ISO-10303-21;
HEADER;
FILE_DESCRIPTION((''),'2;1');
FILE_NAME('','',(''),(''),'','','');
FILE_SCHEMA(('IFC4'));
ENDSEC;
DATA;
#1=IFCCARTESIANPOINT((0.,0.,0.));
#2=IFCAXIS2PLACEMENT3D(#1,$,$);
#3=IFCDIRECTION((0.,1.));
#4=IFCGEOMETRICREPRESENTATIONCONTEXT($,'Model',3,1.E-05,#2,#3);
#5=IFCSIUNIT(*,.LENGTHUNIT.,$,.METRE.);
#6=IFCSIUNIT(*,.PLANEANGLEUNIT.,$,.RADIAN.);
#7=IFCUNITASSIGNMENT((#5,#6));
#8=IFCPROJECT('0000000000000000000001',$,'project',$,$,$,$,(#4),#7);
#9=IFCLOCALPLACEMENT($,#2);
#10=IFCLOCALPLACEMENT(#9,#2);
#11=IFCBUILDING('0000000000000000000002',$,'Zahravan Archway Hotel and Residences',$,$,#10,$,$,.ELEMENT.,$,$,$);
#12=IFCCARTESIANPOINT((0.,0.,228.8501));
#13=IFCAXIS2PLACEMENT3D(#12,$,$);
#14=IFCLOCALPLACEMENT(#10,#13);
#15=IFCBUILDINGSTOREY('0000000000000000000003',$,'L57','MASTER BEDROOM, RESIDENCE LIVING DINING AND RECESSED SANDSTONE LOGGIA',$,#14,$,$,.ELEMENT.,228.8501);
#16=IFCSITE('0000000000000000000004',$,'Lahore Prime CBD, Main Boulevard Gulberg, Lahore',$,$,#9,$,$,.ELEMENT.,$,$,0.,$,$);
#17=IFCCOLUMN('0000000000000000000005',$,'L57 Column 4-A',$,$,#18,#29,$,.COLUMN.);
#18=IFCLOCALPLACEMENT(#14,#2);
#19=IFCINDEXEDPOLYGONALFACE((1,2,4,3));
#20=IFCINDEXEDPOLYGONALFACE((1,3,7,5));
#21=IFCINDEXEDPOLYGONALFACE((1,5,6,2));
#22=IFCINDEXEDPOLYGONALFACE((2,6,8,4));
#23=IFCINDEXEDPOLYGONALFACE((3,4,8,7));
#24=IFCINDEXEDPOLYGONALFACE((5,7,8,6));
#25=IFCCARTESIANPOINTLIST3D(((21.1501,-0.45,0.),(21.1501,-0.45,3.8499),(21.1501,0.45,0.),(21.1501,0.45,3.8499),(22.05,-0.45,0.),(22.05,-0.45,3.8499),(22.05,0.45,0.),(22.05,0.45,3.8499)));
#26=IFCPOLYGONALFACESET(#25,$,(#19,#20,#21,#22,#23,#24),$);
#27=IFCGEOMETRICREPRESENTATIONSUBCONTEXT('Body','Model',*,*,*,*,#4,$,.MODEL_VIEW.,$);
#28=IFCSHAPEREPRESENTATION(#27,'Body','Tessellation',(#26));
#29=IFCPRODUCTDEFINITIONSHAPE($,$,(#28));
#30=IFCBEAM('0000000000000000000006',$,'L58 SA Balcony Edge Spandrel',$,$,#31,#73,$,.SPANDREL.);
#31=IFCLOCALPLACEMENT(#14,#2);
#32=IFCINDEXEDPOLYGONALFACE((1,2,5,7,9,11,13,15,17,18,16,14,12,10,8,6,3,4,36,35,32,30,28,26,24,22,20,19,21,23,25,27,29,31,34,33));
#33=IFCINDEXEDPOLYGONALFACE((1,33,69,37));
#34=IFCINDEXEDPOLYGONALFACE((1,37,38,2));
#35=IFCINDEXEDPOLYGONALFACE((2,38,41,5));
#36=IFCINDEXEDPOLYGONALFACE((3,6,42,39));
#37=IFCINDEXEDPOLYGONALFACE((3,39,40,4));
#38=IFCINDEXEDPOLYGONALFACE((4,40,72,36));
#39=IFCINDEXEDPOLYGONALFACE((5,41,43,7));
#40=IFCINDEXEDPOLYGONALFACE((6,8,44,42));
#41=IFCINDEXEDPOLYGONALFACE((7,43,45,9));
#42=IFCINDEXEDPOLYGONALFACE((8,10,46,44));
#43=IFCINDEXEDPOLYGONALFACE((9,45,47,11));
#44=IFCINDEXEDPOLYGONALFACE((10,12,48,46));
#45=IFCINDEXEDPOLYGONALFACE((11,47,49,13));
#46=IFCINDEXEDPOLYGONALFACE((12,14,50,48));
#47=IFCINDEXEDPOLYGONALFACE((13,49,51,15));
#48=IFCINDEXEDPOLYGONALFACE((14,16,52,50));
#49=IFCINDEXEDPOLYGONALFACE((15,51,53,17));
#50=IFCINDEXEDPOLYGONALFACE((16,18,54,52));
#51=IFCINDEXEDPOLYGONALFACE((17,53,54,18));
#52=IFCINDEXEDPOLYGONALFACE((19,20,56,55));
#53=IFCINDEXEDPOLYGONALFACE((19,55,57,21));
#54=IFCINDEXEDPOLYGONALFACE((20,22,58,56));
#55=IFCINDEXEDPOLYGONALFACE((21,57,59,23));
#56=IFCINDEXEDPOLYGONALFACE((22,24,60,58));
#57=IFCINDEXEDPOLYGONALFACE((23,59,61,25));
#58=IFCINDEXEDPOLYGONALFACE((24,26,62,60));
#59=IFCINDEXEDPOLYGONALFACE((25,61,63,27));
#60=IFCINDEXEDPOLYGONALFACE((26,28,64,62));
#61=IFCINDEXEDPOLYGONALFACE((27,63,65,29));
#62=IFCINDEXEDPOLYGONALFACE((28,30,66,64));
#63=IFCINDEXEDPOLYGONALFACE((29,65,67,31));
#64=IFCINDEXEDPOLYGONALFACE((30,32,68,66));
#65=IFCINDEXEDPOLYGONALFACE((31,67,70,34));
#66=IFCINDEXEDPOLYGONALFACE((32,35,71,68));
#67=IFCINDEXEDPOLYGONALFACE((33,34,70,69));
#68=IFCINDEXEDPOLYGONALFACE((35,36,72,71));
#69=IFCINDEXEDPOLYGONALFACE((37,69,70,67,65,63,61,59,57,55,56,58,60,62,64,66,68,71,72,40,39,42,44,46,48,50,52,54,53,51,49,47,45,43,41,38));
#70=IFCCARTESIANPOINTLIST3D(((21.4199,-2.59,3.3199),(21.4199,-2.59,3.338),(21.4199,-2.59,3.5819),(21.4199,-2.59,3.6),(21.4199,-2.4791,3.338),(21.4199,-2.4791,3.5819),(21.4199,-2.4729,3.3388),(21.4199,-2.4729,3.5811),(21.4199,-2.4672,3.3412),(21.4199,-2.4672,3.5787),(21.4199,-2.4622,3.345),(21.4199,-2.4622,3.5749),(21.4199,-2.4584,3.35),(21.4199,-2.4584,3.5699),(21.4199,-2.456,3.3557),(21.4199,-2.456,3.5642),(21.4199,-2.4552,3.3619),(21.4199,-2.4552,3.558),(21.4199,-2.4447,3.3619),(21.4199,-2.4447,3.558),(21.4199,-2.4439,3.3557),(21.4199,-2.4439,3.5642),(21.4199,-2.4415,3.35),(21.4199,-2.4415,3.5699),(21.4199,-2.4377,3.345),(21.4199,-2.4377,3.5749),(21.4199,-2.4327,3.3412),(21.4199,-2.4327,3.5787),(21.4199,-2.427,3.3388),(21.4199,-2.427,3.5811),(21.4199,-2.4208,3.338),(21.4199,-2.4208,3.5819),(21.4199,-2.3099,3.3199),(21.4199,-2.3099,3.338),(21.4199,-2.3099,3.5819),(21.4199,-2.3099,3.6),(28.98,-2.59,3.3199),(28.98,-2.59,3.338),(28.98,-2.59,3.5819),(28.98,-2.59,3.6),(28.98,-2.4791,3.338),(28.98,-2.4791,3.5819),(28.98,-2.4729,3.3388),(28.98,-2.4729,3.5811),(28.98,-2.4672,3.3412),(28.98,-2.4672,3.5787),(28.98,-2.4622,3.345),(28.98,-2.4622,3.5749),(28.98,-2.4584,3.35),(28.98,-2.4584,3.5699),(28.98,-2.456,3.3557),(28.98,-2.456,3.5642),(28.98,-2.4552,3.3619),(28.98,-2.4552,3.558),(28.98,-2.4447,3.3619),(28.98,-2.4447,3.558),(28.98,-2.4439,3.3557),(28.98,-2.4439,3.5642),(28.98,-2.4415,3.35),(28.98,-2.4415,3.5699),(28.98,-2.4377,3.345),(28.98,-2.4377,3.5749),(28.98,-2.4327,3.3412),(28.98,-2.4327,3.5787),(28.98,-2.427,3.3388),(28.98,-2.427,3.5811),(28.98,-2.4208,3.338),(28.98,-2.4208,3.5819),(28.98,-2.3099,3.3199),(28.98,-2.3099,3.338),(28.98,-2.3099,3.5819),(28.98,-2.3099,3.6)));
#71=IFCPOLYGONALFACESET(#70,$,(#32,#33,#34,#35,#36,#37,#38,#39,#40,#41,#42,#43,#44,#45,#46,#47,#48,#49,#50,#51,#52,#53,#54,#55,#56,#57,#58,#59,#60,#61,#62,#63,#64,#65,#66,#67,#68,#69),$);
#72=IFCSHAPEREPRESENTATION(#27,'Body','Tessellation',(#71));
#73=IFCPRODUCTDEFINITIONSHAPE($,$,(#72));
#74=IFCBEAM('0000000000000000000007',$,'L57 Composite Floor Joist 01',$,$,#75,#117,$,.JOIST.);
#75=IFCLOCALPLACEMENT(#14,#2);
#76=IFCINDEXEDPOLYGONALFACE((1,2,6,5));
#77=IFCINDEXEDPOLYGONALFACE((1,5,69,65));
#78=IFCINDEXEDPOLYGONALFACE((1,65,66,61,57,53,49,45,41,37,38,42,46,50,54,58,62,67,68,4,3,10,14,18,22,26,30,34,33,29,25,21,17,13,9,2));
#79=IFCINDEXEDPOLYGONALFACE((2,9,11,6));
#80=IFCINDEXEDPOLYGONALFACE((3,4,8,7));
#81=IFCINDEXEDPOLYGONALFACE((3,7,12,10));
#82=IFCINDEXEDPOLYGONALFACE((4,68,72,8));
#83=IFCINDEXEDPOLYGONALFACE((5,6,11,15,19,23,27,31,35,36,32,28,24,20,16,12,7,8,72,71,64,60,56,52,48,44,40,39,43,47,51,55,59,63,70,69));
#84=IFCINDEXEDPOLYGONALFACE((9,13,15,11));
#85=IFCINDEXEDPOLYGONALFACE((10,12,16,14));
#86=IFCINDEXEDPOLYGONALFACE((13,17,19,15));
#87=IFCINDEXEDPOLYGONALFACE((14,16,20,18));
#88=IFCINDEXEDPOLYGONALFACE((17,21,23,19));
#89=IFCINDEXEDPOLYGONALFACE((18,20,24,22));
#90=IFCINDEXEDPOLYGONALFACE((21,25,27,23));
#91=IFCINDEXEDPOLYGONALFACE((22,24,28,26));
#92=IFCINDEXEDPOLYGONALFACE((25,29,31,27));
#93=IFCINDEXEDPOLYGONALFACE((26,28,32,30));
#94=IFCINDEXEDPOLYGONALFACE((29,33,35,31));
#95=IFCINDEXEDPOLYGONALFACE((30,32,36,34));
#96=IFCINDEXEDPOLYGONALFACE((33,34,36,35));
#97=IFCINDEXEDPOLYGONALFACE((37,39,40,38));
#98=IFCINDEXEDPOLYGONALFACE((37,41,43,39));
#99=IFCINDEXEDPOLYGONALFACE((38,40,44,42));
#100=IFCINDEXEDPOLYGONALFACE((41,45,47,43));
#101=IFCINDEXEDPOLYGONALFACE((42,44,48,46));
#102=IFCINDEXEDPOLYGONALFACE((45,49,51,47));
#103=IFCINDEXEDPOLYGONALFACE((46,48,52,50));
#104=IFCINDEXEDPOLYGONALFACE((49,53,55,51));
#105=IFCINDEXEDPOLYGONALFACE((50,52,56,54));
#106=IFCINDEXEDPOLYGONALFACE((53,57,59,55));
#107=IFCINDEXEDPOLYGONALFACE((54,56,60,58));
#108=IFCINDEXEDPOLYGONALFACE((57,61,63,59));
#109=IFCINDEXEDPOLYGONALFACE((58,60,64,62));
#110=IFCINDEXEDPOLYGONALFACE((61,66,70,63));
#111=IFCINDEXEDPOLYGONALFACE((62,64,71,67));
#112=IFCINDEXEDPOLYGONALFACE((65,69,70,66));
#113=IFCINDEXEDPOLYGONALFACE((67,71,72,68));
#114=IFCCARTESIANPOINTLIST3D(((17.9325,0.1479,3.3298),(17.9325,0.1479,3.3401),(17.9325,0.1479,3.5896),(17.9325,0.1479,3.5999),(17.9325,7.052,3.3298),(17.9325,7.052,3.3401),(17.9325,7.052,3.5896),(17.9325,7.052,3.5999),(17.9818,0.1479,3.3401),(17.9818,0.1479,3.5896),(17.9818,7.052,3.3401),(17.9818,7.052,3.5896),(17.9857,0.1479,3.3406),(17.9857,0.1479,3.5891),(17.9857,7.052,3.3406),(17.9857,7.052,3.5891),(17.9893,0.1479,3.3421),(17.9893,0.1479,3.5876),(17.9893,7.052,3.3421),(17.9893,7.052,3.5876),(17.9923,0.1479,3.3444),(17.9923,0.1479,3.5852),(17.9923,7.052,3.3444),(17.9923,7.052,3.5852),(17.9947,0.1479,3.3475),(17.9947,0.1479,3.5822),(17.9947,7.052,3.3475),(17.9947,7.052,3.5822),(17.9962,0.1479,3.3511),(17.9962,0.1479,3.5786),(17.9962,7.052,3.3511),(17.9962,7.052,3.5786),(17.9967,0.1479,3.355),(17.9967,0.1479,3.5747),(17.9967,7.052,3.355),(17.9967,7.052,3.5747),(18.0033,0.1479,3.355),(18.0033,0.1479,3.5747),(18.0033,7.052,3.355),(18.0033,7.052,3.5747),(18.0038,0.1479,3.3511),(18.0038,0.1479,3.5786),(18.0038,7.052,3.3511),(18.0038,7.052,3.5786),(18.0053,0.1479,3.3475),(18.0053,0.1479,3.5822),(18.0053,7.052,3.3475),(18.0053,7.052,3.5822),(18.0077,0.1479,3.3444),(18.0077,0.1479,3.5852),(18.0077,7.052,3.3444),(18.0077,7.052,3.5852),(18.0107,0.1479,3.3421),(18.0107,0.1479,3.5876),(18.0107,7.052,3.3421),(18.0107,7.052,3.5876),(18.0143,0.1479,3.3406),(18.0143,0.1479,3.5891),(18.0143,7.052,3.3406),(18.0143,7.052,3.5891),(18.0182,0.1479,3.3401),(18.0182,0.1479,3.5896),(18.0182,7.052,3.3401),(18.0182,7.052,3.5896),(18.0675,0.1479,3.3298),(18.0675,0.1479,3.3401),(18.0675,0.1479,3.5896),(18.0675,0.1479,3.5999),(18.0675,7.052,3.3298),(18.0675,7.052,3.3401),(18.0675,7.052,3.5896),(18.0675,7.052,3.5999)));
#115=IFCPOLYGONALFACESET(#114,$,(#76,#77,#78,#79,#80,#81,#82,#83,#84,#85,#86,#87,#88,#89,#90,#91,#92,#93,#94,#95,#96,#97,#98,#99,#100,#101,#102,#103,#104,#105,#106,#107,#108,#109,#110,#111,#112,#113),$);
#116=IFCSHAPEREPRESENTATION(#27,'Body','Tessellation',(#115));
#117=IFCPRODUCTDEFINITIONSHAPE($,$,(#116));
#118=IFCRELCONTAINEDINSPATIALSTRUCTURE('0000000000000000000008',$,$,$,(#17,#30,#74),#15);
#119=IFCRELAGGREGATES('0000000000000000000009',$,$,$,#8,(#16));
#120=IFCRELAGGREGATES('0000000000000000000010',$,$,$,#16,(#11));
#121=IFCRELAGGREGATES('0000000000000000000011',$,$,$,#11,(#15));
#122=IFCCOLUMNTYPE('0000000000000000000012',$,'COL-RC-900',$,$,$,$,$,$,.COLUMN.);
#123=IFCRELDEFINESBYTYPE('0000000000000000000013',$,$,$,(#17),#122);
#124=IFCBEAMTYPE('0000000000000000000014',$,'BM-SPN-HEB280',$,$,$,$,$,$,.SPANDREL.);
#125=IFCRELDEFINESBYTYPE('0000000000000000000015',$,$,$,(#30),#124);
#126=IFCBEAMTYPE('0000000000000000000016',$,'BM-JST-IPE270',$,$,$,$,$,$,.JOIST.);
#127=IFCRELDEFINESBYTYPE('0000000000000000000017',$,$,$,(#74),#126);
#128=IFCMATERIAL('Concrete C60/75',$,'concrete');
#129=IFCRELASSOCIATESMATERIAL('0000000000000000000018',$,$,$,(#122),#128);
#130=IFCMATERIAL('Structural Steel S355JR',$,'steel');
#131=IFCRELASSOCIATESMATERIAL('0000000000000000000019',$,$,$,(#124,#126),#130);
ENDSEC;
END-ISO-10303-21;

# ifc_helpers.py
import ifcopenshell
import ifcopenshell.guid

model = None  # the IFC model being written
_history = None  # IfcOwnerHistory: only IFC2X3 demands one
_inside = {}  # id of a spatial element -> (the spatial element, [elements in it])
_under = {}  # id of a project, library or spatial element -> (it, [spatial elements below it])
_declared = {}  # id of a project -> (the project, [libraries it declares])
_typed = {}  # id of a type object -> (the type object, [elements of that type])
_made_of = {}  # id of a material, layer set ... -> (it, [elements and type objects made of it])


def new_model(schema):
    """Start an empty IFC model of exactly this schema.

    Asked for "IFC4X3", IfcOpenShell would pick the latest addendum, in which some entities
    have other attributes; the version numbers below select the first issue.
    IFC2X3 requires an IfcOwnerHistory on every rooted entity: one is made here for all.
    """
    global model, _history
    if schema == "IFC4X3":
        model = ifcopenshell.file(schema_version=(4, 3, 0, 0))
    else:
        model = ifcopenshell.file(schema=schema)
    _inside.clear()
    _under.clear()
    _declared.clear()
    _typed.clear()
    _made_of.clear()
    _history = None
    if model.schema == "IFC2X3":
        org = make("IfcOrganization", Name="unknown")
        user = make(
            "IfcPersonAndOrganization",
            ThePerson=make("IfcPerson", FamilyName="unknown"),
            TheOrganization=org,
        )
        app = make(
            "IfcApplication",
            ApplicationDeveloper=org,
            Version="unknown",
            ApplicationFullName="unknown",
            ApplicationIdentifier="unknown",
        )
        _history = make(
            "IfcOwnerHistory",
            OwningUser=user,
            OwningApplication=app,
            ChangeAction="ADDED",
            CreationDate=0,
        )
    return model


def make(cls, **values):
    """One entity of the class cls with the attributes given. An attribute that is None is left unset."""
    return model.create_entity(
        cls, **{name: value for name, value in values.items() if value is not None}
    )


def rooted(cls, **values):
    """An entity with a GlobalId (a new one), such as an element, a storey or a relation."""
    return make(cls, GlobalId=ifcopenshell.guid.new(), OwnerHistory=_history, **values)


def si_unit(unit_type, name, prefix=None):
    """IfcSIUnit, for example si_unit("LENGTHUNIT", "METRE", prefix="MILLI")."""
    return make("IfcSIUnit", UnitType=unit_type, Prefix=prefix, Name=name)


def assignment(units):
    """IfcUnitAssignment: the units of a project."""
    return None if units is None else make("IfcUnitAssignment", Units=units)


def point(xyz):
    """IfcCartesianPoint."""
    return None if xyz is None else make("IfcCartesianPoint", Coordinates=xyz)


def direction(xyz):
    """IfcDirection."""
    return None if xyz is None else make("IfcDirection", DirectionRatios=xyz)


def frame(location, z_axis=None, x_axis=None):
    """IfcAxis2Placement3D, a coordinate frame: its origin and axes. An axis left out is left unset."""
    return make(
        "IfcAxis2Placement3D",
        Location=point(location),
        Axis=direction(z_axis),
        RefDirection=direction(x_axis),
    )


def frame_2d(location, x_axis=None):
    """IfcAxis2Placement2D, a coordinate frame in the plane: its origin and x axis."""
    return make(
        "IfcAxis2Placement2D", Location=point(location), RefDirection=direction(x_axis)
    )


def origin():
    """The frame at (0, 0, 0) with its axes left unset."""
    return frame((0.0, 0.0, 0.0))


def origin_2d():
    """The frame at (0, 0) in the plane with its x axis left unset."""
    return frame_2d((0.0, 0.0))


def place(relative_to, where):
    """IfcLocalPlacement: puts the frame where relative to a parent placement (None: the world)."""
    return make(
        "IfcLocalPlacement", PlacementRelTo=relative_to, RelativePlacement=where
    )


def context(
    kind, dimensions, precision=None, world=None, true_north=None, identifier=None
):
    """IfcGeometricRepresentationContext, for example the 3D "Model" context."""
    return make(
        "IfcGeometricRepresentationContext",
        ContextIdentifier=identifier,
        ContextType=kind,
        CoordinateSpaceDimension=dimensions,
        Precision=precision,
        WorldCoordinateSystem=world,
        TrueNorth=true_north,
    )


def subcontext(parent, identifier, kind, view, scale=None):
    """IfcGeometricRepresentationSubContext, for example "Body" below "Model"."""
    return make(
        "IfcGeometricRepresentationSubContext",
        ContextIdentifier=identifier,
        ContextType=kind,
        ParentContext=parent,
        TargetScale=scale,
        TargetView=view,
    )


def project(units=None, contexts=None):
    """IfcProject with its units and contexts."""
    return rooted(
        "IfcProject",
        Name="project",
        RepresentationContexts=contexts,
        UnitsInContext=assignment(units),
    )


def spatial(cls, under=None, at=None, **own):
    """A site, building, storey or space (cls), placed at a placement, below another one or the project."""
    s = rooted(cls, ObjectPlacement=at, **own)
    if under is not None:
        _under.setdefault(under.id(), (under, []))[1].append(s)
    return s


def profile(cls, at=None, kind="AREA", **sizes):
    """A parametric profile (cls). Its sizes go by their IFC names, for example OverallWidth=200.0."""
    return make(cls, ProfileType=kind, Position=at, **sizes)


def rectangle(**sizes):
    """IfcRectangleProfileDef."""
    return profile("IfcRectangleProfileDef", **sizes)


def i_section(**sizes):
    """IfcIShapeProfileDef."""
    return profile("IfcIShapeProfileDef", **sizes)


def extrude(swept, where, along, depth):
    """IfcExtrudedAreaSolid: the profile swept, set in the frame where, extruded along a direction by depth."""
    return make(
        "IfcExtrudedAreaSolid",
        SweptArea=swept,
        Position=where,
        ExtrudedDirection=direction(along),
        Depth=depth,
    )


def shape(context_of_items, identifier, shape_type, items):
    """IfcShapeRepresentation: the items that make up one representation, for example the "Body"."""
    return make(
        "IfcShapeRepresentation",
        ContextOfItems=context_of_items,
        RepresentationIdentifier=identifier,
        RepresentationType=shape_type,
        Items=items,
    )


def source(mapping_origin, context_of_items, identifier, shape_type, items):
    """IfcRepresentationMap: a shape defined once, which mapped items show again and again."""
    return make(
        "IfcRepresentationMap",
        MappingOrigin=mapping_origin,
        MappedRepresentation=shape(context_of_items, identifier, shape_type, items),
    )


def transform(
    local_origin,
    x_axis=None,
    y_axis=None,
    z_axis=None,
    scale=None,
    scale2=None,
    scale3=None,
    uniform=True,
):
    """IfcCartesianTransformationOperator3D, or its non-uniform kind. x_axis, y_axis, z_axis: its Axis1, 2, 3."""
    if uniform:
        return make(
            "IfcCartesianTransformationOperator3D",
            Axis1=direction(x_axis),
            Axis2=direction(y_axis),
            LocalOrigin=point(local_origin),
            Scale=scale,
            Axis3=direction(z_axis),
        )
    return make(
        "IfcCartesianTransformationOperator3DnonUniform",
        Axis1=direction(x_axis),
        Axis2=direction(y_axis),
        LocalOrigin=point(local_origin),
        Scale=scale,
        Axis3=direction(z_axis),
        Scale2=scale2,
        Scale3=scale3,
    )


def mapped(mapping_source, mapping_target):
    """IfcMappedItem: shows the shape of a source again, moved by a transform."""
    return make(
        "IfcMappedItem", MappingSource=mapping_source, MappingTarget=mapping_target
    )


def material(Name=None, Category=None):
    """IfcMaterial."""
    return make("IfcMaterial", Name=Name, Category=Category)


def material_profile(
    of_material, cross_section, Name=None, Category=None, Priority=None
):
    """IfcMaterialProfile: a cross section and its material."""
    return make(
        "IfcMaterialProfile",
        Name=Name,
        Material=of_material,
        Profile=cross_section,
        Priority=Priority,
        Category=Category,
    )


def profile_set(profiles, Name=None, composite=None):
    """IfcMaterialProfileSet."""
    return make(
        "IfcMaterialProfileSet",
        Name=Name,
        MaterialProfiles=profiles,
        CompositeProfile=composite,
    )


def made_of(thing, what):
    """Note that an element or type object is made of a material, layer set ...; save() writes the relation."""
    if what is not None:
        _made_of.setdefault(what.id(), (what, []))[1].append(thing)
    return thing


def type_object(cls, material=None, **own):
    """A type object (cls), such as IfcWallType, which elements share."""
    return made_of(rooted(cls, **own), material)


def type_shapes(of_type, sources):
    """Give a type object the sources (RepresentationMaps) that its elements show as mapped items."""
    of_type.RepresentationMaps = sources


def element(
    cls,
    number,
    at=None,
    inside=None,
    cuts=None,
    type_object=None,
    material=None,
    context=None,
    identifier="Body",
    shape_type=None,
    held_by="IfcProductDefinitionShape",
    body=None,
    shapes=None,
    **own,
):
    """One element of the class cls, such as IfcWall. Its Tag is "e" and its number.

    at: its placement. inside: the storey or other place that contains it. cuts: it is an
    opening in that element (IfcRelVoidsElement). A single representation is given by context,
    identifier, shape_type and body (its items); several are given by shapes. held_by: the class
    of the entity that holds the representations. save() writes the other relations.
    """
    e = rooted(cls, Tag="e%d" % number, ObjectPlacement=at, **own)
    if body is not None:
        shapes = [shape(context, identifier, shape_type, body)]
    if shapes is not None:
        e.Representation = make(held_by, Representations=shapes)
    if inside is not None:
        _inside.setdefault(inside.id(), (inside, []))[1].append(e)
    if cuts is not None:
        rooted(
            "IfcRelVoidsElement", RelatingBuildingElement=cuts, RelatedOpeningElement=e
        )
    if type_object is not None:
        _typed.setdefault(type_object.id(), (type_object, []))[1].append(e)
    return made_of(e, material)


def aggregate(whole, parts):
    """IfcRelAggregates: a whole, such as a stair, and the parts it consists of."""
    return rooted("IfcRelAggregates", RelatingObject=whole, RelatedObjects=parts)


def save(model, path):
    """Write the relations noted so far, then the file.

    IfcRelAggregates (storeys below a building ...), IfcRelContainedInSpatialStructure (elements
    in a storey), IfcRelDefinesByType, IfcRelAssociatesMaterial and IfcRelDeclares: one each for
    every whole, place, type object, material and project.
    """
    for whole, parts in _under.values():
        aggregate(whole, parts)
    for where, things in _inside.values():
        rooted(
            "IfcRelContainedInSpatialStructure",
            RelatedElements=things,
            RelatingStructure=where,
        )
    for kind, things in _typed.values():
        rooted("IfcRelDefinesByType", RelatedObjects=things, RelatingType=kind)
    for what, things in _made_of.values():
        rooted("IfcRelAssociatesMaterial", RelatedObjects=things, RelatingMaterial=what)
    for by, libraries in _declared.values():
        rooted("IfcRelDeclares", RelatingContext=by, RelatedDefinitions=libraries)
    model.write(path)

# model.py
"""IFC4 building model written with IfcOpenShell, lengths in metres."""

from ifc_helpers import new_model, si_unit, direction, frame, origin, origin_2d, place, context, subcontext, project, spatial, rectangle, i_section, extrude, source, transform, mapped, material, material_profile, profile_set, type_object, type_shapes, element, save


model = new_model("IFC4")

# Units and contexts
model_context = context("Model", 3, precision=1e-05, world=origin(), true_north=direction((0.0, 1.0)))
body_context = subcontext(model_context, "Body", "Model", "MODEL_VIEW")
ifc_project = project(units=[si_unit("LENGTHUNIT", "METRE"), si_unit("PLANEANGLEUNIT", "RADIAN")], contexts=[model_context])

# Site, building, storey
site_placement = place(None, origin())
site = spatial("IfcSite", under=ifc_project, at=site_placement, Name="Lahore Prime CBD, Main Boulevard Gulberg, Lahore", CompositionType="ELEMENT", RefElevation=0.0)
building_placement = place(site_placement, origin())
building = spatial("IfcBuilding", under=site, at=building_placement, Name="Zahravan Archway Hotel and Residences", CompositionType="ELEMENT")
storey_placement = place(building_placement, frame((0.0, 0.0, 228.8501)))
storey = spatial("IfcBuildingStorey", under=building, at=storey_placement, Name="L57", Description="MASTER BEDROOM, RESIDENCE LIVING DINING AND RECESSED SANDSTONE LOGGIA", CompositionType="ELEMENT", Elevation=228.8501)

# Column
ifc_material_1 = material(Name="Concrete C60/75", Category="concrete")
ifc_material_profile_1 = material_profile(ifc_material_1, rectangle(XDim=0.8999, YDim=0.8999, at=origin_2d()), Name="RC-COL-900x900", Category="concrete")
ifc_profile_set_1 = profile_set([ifc_material_profile_1], Name="Concrete C60/75")
column_type = type_object("IfcColumnType", Name="COL-RC-900", PredefinedType="COLUMN", material=ifc_profile_set_1)
shared_shape_1 = source(origin(), body_context, "Body", "SweptSolid", [
    extrude(rectangle(XDim=0.8999, YDim=0.8999, at=origin_2d()), origin(), (0.0, 0.0, 1.0), 3.8499),
])
column_placement = place(storey_placement, frame((21.6001, 0.0, 0.0), z_axis=(0.0, 0.0, 1.0), x_axis=(1.0, 0.0, 0.0)))
element("IfcColumn", 1, at=column_placement, inside=storey, type_object=column_type, Name="L57 Column 4-A", PredefinedType="COLUMN", context=body_context, shape_type="MappedRepresentation", body=[
    mapped(shared_shape_1, transform((0.0, 0.0, 0.0), scale=1.0)),
])

# Beams
ifc_material_2 = material(Name="Structural Steel S355JR", Category="steel")
ifc_material_profile_2 = material_profile(ifc_material_2, i_section(OverallWidth=0.28, OverallDepth=0.28, WebThickness=0.0105, FlangeThickness=0.0181, FilletRadius=0.0239, at=origin_2d()), Name="HEB 280", Category="steel")
ifc_profile_set_2 = profile_set([ifc_material_profile_2], Name="Structural Steel S355JR")
beam_type_1 = type_object("IfcBeamType", Name="BM-SPN-HEB280", PredefinedType="SPANDREL", material=ifc_profile_set_2)
shared_shape_2 = source(origin(), body_context, "Body", "SweptSolid", [
    extrude(i_section(OverallWidth=0.28, OverallDepth=0.28, WebThickness=0.0105, FlangeThickness=0.0181, FilletRadius=0.0239, at=origin_2d()), origin(), (0.0, 0.0, 1.0), 7.5601),
])
type_shapes(beam_type_1, [shared_shape_2])
beam_1_placement = place(storey_placement, frame((21.4199, -2.45, 3.46), z_axis=(1.0, 0.0, 0.0), x_axis=(0.0, 1.0, 0.0)))
element("IfcBeam", 2, at=beam_1_placement, inside=storey, type_object=beam_type_1, Name="L58 SA Balcony Edge Spandrel", PredefinedType="SPANDREL", context=body_context, shape_type="MappedRepresentation", body=[
    mapped(shared_shape_2, transform((0.0, 0.0, 0.0), scale=1.0)),
])
ifc_material_profile_3 = material_profile(ifc_material_2, i_section(OverallWidth=0.135, OverallDepth=0.27, WebThickness=0.0066, FlangeThickness=0.0103, FilletRadius=0.0149, at=origin_2d()), Name="IPE 270", Category="steel")
ifc_profile_set_3 = profile_set([ifc_material_profile_3], Name="Structural Steel S355JR")
beam_type_2 = type_object("IfcBeamType", Name="BM-JST-IPE270", PredefinedType="JOIST", material=ifc_profile_set_3)
shared_shape_3 = source(origin(), body_context, "Body", "SweptSolid", [
    extrude(i_section(OverallWidth=0.135, OverallDepth=0.27, WebThickness=0.0066, FlangeThickness=0.0103, FilletRadius=0.0149, at=origin_2d()), origin(), (0.0, 0.0, 1.0), 6.9041),
])
type_shapes(beam_type_2, [shared_shape_3])
beam_2_placement = place(storey_placement, frame((18.0, 0.1479, 3.4648), z_axis=(0.0, 1.0, 0.0), x_axis=(-1.0, 0.0, 0.0)))
element("IfcBeam", 3, at=beam_2_placement, inside=storey, type_object=beam_type_2, Name="L57 Composite Floor Joist 01", PredefinedType="JOIST", context=body_context, shape_type="MappedRepresentation", body=[
    mapped(shared_shape_3, transform((0.0, 0.0, 0.0), scale=1.0)),
])

save(model, "model.ifc")
